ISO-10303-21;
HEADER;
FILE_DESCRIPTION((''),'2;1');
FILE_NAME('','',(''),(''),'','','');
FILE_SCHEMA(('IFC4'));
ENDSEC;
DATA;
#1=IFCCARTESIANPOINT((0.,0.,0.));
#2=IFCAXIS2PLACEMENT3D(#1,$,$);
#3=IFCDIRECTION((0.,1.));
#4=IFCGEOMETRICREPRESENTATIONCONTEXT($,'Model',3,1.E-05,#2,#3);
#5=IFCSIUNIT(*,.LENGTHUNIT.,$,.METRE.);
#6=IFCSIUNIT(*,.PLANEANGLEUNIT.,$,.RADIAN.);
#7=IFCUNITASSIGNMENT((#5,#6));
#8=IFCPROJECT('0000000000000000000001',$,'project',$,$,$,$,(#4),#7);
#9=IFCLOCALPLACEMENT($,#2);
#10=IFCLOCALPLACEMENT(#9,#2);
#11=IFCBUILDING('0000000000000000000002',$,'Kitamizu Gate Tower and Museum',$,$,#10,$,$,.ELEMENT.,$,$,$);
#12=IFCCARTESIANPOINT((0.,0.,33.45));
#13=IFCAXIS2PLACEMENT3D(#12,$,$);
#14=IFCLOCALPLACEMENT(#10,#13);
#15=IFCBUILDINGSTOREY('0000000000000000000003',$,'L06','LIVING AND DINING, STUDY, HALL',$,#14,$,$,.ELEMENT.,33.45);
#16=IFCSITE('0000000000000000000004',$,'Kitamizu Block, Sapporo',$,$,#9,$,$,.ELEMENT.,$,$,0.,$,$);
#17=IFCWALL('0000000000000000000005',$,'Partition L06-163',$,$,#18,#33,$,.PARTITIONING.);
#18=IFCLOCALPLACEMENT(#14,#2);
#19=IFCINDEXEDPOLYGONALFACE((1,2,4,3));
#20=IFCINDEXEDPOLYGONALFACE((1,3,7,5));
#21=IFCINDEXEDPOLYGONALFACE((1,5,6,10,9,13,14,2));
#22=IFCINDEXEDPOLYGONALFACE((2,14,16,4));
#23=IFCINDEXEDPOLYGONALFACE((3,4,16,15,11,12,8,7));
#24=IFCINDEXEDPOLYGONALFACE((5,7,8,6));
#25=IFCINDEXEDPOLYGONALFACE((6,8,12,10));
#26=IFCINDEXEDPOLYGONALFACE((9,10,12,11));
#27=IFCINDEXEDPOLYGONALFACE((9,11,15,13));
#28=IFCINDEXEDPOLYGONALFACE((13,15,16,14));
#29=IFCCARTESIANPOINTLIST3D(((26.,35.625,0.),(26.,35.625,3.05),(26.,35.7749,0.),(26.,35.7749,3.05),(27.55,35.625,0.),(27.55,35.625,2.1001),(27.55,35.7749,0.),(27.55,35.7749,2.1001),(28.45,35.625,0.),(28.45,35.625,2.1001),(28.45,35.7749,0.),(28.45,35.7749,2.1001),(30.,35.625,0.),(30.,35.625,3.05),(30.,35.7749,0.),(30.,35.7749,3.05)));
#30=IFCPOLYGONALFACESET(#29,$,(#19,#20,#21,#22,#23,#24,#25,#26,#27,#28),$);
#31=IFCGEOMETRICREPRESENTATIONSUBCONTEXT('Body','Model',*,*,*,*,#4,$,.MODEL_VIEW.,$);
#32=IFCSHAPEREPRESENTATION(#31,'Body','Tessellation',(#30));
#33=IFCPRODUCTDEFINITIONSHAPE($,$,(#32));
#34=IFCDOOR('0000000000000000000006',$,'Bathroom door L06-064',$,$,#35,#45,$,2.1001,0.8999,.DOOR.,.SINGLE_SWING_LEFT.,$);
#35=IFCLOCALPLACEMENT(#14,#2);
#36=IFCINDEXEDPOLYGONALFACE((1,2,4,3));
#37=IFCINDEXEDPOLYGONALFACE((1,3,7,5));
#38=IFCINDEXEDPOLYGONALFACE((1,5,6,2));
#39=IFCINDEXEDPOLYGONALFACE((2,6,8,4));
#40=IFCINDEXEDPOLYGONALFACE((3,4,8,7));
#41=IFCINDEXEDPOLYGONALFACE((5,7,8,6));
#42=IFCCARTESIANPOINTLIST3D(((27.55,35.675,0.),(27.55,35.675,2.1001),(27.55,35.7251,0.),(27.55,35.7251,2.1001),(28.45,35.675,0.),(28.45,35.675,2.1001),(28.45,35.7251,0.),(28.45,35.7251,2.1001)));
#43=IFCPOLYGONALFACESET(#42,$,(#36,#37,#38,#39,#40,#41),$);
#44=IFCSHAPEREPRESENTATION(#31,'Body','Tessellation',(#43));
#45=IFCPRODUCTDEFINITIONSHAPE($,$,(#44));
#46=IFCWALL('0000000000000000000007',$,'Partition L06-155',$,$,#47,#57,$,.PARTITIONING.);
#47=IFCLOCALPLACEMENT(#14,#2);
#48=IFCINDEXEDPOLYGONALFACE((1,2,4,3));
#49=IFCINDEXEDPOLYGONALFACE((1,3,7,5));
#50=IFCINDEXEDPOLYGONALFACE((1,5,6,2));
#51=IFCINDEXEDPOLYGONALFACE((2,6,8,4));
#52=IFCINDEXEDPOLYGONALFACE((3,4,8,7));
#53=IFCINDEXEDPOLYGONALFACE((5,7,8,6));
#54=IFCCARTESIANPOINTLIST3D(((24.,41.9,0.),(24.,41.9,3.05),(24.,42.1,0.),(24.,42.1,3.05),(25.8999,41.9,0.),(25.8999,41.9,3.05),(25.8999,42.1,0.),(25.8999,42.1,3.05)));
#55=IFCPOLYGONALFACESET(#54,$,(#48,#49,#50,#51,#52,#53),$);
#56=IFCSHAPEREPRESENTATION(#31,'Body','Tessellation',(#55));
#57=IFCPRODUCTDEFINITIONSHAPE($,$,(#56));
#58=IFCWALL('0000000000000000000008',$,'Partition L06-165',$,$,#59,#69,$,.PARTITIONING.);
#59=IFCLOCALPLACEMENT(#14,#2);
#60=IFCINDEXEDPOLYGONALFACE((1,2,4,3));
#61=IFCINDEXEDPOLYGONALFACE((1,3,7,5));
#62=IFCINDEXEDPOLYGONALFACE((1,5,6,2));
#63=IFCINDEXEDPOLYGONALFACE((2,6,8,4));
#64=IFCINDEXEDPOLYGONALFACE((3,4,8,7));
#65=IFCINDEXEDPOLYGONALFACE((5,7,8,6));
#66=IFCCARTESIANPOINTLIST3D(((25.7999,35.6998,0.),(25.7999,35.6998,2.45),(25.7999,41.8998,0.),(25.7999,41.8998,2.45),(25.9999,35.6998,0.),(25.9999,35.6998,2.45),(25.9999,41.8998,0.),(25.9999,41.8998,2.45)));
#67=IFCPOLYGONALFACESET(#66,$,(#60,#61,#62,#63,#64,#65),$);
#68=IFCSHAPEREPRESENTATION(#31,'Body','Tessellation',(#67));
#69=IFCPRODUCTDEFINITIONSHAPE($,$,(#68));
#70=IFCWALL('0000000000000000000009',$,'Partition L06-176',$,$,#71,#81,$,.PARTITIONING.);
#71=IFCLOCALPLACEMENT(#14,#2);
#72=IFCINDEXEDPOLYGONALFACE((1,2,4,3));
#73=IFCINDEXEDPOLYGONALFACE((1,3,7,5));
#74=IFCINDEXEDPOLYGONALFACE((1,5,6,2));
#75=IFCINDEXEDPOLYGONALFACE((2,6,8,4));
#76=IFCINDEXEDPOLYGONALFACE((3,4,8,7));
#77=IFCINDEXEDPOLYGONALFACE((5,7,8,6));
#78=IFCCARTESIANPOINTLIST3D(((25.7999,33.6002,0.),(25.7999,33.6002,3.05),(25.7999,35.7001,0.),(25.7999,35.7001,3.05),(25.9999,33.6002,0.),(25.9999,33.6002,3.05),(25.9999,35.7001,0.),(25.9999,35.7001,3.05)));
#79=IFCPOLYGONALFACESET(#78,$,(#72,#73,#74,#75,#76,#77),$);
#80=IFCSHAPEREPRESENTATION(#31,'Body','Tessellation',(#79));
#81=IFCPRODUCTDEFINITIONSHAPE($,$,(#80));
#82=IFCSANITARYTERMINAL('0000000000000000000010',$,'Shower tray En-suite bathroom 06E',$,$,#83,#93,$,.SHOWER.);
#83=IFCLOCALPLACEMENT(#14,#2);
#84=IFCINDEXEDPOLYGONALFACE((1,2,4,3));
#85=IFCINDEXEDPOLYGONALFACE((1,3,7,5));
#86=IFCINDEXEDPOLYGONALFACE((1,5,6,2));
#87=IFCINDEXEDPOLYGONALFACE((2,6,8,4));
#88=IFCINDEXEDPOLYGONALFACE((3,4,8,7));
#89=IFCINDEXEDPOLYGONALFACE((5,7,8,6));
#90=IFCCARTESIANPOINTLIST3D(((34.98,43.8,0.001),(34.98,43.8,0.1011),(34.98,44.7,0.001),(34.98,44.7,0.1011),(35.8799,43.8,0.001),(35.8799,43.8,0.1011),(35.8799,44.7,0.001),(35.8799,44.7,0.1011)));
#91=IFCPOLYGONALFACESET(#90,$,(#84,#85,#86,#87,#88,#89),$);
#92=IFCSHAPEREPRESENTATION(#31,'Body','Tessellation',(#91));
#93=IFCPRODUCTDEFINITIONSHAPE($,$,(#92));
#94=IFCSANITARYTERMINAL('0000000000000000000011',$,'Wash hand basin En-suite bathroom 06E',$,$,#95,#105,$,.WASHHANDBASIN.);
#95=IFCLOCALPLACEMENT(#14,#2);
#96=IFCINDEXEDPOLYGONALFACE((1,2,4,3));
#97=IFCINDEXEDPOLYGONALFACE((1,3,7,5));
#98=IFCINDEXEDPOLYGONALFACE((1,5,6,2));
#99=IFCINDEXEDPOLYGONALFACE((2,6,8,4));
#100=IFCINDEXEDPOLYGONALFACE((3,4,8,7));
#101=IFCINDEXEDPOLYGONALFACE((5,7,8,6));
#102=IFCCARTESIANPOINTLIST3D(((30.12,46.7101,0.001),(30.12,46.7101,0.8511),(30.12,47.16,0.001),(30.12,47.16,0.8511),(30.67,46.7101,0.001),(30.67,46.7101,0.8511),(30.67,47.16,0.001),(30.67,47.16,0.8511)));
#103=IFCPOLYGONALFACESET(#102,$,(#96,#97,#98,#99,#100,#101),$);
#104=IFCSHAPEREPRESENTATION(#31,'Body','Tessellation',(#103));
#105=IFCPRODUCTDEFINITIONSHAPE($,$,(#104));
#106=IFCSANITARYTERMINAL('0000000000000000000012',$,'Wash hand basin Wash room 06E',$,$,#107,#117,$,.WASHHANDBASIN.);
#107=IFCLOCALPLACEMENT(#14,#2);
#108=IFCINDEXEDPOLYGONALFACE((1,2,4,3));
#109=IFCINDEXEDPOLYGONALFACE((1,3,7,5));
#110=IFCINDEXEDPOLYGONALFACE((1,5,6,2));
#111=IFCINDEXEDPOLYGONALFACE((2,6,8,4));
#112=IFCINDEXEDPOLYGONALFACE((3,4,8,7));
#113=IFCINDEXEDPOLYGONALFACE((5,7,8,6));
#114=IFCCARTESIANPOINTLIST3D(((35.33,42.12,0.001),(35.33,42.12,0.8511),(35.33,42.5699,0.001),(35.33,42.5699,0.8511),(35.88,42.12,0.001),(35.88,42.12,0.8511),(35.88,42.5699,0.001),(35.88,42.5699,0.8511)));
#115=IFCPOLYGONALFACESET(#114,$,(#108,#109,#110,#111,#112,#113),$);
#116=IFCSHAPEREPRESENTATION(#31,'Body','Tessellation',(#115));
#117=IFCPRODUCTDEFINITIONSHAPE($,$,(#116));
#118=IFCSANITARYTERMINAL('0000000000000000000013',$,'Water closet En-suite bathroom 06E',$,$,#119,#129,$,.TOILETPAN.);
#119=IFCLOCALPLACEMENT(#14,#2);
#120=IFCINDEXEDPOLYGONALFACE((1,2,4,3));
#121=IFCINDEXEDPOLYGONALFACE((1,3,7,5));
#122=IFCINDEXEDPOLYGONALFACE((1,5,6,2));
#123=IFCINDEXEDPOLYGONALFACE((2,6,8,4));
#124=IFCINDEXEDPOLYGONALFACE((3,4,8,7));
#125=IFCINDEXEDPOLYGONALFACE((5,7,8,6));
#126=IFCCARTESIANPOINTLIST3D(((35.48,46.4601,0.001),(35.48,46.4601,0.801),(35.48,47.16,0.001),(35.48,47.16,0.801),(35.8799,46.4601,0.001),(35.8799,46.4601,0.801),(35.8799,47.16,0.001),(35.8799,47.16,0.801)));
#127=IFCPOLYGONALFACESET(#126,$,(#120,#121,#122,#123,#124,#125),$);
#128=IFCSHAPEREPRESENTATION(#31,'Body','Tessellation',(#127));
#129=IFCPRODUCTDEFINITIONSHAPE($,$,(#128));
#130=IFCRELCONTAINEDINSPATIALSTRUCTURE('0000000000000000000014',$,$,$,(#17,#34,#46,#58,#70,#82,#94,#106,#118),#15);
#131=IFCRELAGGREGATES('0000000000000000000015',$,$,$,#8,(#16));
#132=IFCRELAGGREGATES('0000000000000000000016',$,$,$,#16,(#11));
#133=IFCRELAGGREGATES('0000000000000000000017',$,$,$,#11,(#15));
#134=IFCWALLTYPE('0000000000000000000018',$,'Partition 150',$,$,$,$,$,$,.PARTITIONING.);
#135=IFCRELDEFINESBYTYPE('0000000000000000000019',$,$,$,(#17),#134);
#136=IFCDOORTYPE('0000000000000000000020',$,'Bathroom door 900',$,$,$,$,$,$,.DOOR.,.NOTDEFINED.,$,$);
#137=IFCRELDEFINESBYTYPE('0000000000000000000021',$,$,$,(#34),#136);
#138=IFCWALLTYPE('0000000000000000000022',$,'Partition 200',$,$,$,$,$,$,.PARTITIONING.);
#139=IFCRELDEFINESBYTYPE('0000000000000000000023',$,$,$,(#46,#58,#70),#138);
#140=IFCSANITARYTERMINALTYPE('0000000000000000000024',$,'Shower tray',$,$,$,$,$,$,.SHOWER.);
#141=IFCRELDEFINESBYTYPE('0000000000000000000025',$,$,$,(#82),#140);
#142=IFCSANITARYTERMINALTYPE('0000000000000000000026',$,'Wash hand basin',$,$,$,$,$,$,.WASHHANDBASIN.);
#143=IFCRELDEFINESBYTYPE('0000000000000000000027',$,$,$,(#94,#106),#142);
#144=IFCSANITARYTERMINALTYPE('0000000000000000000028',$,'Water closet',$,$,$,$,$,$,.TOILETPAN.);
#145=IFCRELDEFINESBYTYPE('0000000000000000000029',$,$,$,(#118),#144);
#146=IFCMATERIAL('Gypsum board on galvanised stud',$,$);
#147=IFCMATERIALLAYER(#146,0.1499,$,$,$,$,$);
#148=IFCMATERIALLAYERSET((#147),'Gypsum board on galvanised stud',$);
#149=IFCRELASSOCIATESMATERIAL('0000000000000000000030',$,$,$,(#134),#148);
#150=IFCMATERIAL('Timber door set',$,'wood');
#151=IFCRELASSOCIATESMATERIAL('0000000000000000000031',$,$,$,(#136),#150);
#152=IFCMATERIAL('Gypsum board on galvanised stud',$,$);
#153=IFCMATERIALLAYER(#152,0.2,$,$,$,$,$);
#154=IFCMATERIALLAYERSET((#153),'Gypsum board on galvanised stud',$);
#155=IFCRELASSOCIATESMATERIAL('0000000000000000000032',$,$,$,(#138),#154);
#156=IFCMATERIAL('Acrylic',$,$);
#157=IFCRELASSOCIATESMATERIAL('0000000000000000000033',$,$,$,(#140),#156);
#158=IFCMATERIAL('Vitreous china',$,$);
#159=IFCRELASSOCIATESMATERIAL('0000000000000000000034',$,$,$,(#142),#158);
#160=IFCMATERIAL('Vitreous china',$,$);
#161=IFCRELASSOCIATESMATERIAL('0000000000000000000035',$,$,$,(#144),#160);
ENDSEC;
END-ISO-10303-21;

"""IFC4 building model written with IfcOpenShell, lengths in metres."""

from ifc_helpers import new_model, si_unit, direction, frame, frame_2d, origin, origin_2d, place, context, subcontext, project, spatial, rectangle, extrude, material, layer, layer_set, type_object, element, fill, save


model = new_model("IFC4")

# Units and contexts
model_context = context("Model", 3, precision=1e-05, world=origin(), true_north=direction((0.0, 1.0)))
body_context = subcontext(model_context, "Body", "Model", "MODEL_VIEW")
ifc_project = project(units=[si_unit("LENGTHUNIT", "METRE"), si_unit("PLANEANGLEUNIT", "RADIAN")], contexts=[model_context])

# Site, building, storey
site_placement = place(None, origin())
site = spatial("IfcSite", under=ifc_project, at=site_placement, Name="Kitamizu Block, Sapporo", CompositionType="ELEMENT", RefElevation=0.0)
building_placement = place(site_placement, origin())
building = spatial("IfcBuilding", under=site, at=building_placement, Name="Kitamizu Gate Tower and Museum", CompositionType="ELEMENT")
storey_placement = place(building_placement, frame((0.0, 0.0, 33.45)))
storey = spatial("IfcBuildingStorey", under=building, at=storey_placement, Name="L06", Description="LIVING AND DINING, STUDY, HALL", CompositionType="ELEMENT", Elevation=33.45)

# Shared definitions
ifc_material_1 = material(Name="Gypsum board on galvanised stud")
ifc_layer_1 = layer(ifc_material_1, 0.1499)
ifc_layer_set_1 = layer_set([ifc_layer_1], Name="Gypsum board on galvanised stud")
wall_type_1 = type_object("IfcWallType", Name="Partition 150", PredefinedType="PARTITIONING", material=ifc_layer_set_1)
ifc_material_2 = material(Name="Timber door set", Category="wood")
door_type_1 = type_object("IfcDoorType", Name="Bathroom door 900", OperationType="NOTDEFINED", PredefinedType="DOOR", material=ifc_material_2)

# Wall, opening, door
wall_1_placement = place(storey_placement, frame((26.0, 35.7, 0.0), z_axis=(0.0, 0.0, 1.0), x_axis=(1.0, 0.0, 0.0)))
wall_1 = element("IfcWall", 1, at=wall_1_placement, inside=storey, type_object=wall_type_1, Name="Partition L06-163", PredefinedType="PARTITIONING", context=body_context, shape_type="SweptSolid", body=[
    extrude(rectangle(XDim=4.0, YDim=0.1499, at=frame_2d((2.0, 0.0))), origin(), (0.0, 0.0, 1.0), 3.05),
])
opening_1_placement = place(wall_1_placement, frame((1.55, 0.0, 0.0)))
opening_1 = element("IfcOpeningElement", 2, at=opening_1_placement, cuts=wall_1, PredefinedType="OPENING", context=body_context, shape_type="SweptSolid", body=[
    extrude(rectangle(XDim=0.8999, YDim=2.1001, at=frame_2d((0.45, 1.05))), frame((0.0, 0.085, 0.0), z_axis=(0.0, -1.0, 0.0), x_axis=(1.0, 0.0, 0.0)), (0.0, 0.0, 1.0), 0.1699),
])
door_1_placement = place(opening_1_placement, frame((0.8999, 0.0, 0.0), x_axis=(-1.0, 0.0, 0.0)))
door_1 = element("IfcDoor", 3, at=door_1_placement, inside=storey, type_object=door_type_1, Name="Bathroom door L06-064", OperationType="SINGLE_SWING_LEFT", OverallHeight=2.1001, OverallWidth=0.8999, PredefinedType="DOOR", context=body_context, shape_type="SweptSolid", body=[
    extrude(rectangle(XDim=0.8999, YDim=2.1001, at=frame_2d((0.45, 1.05))), frame((0.0, 0.0249, 0.0), z_axis=(0.0, -1.0, 0.0), x_axis=(1.0, 0.0, 0.0)), (0.0, 0.0, 1.0), 0.05),
])
fill(opening_1, door_1)

# Walls
ifc_material_3 = material(Name="Gypsum board on galvanised stud")
ifc_layer_2 = layer(ifc_material_3, 0.2)
ifc_layer_set_2 = layer_set([ifc_layer_2], Name="Gypsum board on galvanised stud")
wall_type_2 = type_object("IfcWallType", Name="Partition 200", PredefinedType="PARTITIONING", material=ifc_layer_set_2)
wall_2_placement = place(storey_placement, frame((24.0, 42.0, 0.0), z_axis=(0.0, 0.0, 1.0), x_axis=(1.0, 0.0, 0.0)))
element("IfcWall", 4, at=wall_2_placement, inside=storey, type_object=wall_type_2, Name="Partition L06-155", PredefinedType="PARTITIONING", context=body_context, shape_type="SweptSolid", body=[
    extrude(rectangle(XDim=1.8999, YDim=0.2, at=frame_2d((0.95, 0.0))), origin(), (0.0, 0.0, 1.0), 3.05),
])
wall_3_placement = place(storey_placement, frame((25.8999, 41.8999, 0.0), z_axis=(0.0, 0.0, 1.0), x_axis=(0.0, -1.0, 0.0)))
element("IfcWall", 5, at=wall_3_placement, inside=storey, type_object=wall_type_2, Name="Partition L06-165", PredefinedType="PARTITIONING", context=body_context, shape_type="SweptSolid", body=[
    extrude(rectangle(XDim=6.2, YDim=0.2, at=frame_2d((3.1001, 0.0))), origin(), (0.0, 0.0, 1.0), 2.45),
])
wall_4_placement = place(storey_placement, frame((25.8999, 35.7, 0.0), z_axis=(0.0, 0.0, 1.0), x_axis=(0.0, -1.0, 0.0)))
element("IfcWall", 6, at=wall_4_placement, inside=storey, type_object=wall_type_2, Name="Partition L06-176", PredefinedType="PARTITIONING", context=body_context, shape_type="SweptSolid", body=[
    extrude(rectangle(XDim=2.0999, YDim=0.2, at=frame_2d((1.0498, 0.0))), origin(), (0.0, 0.0, 1.0), 3.05),
])

# Sanitary terminals
ifc_material_4 = material(Name="Acrylic")
sanitary_terminal_type_1 = type_object("IfcSanitaryTerminalType", Name="Shower tray", PredefinedType="SHOWER", material=ifc_material_4)
sanitary_terminal_1_placement = place(storey_placement, frame((35.4299, 44.25, 0.001), z_axis=(0.0, 0.0, 1.0), x_axis=(1.0, 0.0, 0.0)))
element("IfcSanitaryTerminal", 7, at=sanitary_terminal_1_placement, inside=storey, type_object=sanitary_terminal_type_1, Name="Shower tray En-suite bathroom 06E", PredefinedType="SHOWER", context=body_context, shape_type="SweptSolid", body=[
    extrude(rectangle(XDim=0.8999, YDim=0.8999, at=origin_2d()), origin(), (0.0, 0.0, 1.0), 0.1001),
])
ifc_material_5 = material(Name="Vitreous china")
sanitary_terminal_type_2 = type_object("IfcSanitaryTerminalType", Name="Wash hand basin", PredefinedType="WASHHANDBASIN", material=ifc_material_5)
for number, where, z_axis, x_axis, name in (
    (8, (30.395, 46.9351, 0.001), (0.0, 0.0, 1.0), (1.0, 0.0, 0.0), "Wash hand basin En-suite bathroom 06E"),
    (9, (35.605, 42.345, 0.001), (0.0, 0.0, 1.0), (1.0, 0.0, 0.0), "Wash hand basin Wash room 06E"),
):
    element("IfcSanitaryTerminal", number, at=place(storey_placement, frame(where, z_axis=z_axis, x_axis=x_axis)), inside=storey, type_object=sanitary_terminal_type_2, Name=name, PredefinedType="WASHHANDBASIN", context=body_context, shape_type="SweptSolid", body=[
        extrude(rectangle(XDim=0.55, YDim=0.45, at=origin_2d()), origin(), (0.0, 0.0, 1.0), 0.8501),
    ])
ifc_material_6 = material(Name="Vitreous china")
sanitary_terminal_type_3 = type_object("IfcSanitaryTerminalType", Name="Water closet", PredefinedType="TOILETPAN", material=ifc_material_6)
sanitary_terminal_2_placement = place(storey_placement, frame((35.6799, 46.8101, 0.001), z_axis=(0.0, 0.0, 1.0), x_axis=(1.0, 0.0, 0.0)))
element("IfcSanitaryTerminal", 10, at=sanitary_terminal_2_placement, inside=storey, type_object=sanitary_terminal_type_3, Name="Water closet En-suite bathroom 06E", PredefinedType="TOILETPAN", context=body_context, shape_type="SweptSolid", body=[
    extrude(rectangle(XDim=0.3999, YDim=0.7, at=origin_2d()), origin(), (0.0, 0.0, 1.0), 0.8),
])

save(model, "model.ifc")
